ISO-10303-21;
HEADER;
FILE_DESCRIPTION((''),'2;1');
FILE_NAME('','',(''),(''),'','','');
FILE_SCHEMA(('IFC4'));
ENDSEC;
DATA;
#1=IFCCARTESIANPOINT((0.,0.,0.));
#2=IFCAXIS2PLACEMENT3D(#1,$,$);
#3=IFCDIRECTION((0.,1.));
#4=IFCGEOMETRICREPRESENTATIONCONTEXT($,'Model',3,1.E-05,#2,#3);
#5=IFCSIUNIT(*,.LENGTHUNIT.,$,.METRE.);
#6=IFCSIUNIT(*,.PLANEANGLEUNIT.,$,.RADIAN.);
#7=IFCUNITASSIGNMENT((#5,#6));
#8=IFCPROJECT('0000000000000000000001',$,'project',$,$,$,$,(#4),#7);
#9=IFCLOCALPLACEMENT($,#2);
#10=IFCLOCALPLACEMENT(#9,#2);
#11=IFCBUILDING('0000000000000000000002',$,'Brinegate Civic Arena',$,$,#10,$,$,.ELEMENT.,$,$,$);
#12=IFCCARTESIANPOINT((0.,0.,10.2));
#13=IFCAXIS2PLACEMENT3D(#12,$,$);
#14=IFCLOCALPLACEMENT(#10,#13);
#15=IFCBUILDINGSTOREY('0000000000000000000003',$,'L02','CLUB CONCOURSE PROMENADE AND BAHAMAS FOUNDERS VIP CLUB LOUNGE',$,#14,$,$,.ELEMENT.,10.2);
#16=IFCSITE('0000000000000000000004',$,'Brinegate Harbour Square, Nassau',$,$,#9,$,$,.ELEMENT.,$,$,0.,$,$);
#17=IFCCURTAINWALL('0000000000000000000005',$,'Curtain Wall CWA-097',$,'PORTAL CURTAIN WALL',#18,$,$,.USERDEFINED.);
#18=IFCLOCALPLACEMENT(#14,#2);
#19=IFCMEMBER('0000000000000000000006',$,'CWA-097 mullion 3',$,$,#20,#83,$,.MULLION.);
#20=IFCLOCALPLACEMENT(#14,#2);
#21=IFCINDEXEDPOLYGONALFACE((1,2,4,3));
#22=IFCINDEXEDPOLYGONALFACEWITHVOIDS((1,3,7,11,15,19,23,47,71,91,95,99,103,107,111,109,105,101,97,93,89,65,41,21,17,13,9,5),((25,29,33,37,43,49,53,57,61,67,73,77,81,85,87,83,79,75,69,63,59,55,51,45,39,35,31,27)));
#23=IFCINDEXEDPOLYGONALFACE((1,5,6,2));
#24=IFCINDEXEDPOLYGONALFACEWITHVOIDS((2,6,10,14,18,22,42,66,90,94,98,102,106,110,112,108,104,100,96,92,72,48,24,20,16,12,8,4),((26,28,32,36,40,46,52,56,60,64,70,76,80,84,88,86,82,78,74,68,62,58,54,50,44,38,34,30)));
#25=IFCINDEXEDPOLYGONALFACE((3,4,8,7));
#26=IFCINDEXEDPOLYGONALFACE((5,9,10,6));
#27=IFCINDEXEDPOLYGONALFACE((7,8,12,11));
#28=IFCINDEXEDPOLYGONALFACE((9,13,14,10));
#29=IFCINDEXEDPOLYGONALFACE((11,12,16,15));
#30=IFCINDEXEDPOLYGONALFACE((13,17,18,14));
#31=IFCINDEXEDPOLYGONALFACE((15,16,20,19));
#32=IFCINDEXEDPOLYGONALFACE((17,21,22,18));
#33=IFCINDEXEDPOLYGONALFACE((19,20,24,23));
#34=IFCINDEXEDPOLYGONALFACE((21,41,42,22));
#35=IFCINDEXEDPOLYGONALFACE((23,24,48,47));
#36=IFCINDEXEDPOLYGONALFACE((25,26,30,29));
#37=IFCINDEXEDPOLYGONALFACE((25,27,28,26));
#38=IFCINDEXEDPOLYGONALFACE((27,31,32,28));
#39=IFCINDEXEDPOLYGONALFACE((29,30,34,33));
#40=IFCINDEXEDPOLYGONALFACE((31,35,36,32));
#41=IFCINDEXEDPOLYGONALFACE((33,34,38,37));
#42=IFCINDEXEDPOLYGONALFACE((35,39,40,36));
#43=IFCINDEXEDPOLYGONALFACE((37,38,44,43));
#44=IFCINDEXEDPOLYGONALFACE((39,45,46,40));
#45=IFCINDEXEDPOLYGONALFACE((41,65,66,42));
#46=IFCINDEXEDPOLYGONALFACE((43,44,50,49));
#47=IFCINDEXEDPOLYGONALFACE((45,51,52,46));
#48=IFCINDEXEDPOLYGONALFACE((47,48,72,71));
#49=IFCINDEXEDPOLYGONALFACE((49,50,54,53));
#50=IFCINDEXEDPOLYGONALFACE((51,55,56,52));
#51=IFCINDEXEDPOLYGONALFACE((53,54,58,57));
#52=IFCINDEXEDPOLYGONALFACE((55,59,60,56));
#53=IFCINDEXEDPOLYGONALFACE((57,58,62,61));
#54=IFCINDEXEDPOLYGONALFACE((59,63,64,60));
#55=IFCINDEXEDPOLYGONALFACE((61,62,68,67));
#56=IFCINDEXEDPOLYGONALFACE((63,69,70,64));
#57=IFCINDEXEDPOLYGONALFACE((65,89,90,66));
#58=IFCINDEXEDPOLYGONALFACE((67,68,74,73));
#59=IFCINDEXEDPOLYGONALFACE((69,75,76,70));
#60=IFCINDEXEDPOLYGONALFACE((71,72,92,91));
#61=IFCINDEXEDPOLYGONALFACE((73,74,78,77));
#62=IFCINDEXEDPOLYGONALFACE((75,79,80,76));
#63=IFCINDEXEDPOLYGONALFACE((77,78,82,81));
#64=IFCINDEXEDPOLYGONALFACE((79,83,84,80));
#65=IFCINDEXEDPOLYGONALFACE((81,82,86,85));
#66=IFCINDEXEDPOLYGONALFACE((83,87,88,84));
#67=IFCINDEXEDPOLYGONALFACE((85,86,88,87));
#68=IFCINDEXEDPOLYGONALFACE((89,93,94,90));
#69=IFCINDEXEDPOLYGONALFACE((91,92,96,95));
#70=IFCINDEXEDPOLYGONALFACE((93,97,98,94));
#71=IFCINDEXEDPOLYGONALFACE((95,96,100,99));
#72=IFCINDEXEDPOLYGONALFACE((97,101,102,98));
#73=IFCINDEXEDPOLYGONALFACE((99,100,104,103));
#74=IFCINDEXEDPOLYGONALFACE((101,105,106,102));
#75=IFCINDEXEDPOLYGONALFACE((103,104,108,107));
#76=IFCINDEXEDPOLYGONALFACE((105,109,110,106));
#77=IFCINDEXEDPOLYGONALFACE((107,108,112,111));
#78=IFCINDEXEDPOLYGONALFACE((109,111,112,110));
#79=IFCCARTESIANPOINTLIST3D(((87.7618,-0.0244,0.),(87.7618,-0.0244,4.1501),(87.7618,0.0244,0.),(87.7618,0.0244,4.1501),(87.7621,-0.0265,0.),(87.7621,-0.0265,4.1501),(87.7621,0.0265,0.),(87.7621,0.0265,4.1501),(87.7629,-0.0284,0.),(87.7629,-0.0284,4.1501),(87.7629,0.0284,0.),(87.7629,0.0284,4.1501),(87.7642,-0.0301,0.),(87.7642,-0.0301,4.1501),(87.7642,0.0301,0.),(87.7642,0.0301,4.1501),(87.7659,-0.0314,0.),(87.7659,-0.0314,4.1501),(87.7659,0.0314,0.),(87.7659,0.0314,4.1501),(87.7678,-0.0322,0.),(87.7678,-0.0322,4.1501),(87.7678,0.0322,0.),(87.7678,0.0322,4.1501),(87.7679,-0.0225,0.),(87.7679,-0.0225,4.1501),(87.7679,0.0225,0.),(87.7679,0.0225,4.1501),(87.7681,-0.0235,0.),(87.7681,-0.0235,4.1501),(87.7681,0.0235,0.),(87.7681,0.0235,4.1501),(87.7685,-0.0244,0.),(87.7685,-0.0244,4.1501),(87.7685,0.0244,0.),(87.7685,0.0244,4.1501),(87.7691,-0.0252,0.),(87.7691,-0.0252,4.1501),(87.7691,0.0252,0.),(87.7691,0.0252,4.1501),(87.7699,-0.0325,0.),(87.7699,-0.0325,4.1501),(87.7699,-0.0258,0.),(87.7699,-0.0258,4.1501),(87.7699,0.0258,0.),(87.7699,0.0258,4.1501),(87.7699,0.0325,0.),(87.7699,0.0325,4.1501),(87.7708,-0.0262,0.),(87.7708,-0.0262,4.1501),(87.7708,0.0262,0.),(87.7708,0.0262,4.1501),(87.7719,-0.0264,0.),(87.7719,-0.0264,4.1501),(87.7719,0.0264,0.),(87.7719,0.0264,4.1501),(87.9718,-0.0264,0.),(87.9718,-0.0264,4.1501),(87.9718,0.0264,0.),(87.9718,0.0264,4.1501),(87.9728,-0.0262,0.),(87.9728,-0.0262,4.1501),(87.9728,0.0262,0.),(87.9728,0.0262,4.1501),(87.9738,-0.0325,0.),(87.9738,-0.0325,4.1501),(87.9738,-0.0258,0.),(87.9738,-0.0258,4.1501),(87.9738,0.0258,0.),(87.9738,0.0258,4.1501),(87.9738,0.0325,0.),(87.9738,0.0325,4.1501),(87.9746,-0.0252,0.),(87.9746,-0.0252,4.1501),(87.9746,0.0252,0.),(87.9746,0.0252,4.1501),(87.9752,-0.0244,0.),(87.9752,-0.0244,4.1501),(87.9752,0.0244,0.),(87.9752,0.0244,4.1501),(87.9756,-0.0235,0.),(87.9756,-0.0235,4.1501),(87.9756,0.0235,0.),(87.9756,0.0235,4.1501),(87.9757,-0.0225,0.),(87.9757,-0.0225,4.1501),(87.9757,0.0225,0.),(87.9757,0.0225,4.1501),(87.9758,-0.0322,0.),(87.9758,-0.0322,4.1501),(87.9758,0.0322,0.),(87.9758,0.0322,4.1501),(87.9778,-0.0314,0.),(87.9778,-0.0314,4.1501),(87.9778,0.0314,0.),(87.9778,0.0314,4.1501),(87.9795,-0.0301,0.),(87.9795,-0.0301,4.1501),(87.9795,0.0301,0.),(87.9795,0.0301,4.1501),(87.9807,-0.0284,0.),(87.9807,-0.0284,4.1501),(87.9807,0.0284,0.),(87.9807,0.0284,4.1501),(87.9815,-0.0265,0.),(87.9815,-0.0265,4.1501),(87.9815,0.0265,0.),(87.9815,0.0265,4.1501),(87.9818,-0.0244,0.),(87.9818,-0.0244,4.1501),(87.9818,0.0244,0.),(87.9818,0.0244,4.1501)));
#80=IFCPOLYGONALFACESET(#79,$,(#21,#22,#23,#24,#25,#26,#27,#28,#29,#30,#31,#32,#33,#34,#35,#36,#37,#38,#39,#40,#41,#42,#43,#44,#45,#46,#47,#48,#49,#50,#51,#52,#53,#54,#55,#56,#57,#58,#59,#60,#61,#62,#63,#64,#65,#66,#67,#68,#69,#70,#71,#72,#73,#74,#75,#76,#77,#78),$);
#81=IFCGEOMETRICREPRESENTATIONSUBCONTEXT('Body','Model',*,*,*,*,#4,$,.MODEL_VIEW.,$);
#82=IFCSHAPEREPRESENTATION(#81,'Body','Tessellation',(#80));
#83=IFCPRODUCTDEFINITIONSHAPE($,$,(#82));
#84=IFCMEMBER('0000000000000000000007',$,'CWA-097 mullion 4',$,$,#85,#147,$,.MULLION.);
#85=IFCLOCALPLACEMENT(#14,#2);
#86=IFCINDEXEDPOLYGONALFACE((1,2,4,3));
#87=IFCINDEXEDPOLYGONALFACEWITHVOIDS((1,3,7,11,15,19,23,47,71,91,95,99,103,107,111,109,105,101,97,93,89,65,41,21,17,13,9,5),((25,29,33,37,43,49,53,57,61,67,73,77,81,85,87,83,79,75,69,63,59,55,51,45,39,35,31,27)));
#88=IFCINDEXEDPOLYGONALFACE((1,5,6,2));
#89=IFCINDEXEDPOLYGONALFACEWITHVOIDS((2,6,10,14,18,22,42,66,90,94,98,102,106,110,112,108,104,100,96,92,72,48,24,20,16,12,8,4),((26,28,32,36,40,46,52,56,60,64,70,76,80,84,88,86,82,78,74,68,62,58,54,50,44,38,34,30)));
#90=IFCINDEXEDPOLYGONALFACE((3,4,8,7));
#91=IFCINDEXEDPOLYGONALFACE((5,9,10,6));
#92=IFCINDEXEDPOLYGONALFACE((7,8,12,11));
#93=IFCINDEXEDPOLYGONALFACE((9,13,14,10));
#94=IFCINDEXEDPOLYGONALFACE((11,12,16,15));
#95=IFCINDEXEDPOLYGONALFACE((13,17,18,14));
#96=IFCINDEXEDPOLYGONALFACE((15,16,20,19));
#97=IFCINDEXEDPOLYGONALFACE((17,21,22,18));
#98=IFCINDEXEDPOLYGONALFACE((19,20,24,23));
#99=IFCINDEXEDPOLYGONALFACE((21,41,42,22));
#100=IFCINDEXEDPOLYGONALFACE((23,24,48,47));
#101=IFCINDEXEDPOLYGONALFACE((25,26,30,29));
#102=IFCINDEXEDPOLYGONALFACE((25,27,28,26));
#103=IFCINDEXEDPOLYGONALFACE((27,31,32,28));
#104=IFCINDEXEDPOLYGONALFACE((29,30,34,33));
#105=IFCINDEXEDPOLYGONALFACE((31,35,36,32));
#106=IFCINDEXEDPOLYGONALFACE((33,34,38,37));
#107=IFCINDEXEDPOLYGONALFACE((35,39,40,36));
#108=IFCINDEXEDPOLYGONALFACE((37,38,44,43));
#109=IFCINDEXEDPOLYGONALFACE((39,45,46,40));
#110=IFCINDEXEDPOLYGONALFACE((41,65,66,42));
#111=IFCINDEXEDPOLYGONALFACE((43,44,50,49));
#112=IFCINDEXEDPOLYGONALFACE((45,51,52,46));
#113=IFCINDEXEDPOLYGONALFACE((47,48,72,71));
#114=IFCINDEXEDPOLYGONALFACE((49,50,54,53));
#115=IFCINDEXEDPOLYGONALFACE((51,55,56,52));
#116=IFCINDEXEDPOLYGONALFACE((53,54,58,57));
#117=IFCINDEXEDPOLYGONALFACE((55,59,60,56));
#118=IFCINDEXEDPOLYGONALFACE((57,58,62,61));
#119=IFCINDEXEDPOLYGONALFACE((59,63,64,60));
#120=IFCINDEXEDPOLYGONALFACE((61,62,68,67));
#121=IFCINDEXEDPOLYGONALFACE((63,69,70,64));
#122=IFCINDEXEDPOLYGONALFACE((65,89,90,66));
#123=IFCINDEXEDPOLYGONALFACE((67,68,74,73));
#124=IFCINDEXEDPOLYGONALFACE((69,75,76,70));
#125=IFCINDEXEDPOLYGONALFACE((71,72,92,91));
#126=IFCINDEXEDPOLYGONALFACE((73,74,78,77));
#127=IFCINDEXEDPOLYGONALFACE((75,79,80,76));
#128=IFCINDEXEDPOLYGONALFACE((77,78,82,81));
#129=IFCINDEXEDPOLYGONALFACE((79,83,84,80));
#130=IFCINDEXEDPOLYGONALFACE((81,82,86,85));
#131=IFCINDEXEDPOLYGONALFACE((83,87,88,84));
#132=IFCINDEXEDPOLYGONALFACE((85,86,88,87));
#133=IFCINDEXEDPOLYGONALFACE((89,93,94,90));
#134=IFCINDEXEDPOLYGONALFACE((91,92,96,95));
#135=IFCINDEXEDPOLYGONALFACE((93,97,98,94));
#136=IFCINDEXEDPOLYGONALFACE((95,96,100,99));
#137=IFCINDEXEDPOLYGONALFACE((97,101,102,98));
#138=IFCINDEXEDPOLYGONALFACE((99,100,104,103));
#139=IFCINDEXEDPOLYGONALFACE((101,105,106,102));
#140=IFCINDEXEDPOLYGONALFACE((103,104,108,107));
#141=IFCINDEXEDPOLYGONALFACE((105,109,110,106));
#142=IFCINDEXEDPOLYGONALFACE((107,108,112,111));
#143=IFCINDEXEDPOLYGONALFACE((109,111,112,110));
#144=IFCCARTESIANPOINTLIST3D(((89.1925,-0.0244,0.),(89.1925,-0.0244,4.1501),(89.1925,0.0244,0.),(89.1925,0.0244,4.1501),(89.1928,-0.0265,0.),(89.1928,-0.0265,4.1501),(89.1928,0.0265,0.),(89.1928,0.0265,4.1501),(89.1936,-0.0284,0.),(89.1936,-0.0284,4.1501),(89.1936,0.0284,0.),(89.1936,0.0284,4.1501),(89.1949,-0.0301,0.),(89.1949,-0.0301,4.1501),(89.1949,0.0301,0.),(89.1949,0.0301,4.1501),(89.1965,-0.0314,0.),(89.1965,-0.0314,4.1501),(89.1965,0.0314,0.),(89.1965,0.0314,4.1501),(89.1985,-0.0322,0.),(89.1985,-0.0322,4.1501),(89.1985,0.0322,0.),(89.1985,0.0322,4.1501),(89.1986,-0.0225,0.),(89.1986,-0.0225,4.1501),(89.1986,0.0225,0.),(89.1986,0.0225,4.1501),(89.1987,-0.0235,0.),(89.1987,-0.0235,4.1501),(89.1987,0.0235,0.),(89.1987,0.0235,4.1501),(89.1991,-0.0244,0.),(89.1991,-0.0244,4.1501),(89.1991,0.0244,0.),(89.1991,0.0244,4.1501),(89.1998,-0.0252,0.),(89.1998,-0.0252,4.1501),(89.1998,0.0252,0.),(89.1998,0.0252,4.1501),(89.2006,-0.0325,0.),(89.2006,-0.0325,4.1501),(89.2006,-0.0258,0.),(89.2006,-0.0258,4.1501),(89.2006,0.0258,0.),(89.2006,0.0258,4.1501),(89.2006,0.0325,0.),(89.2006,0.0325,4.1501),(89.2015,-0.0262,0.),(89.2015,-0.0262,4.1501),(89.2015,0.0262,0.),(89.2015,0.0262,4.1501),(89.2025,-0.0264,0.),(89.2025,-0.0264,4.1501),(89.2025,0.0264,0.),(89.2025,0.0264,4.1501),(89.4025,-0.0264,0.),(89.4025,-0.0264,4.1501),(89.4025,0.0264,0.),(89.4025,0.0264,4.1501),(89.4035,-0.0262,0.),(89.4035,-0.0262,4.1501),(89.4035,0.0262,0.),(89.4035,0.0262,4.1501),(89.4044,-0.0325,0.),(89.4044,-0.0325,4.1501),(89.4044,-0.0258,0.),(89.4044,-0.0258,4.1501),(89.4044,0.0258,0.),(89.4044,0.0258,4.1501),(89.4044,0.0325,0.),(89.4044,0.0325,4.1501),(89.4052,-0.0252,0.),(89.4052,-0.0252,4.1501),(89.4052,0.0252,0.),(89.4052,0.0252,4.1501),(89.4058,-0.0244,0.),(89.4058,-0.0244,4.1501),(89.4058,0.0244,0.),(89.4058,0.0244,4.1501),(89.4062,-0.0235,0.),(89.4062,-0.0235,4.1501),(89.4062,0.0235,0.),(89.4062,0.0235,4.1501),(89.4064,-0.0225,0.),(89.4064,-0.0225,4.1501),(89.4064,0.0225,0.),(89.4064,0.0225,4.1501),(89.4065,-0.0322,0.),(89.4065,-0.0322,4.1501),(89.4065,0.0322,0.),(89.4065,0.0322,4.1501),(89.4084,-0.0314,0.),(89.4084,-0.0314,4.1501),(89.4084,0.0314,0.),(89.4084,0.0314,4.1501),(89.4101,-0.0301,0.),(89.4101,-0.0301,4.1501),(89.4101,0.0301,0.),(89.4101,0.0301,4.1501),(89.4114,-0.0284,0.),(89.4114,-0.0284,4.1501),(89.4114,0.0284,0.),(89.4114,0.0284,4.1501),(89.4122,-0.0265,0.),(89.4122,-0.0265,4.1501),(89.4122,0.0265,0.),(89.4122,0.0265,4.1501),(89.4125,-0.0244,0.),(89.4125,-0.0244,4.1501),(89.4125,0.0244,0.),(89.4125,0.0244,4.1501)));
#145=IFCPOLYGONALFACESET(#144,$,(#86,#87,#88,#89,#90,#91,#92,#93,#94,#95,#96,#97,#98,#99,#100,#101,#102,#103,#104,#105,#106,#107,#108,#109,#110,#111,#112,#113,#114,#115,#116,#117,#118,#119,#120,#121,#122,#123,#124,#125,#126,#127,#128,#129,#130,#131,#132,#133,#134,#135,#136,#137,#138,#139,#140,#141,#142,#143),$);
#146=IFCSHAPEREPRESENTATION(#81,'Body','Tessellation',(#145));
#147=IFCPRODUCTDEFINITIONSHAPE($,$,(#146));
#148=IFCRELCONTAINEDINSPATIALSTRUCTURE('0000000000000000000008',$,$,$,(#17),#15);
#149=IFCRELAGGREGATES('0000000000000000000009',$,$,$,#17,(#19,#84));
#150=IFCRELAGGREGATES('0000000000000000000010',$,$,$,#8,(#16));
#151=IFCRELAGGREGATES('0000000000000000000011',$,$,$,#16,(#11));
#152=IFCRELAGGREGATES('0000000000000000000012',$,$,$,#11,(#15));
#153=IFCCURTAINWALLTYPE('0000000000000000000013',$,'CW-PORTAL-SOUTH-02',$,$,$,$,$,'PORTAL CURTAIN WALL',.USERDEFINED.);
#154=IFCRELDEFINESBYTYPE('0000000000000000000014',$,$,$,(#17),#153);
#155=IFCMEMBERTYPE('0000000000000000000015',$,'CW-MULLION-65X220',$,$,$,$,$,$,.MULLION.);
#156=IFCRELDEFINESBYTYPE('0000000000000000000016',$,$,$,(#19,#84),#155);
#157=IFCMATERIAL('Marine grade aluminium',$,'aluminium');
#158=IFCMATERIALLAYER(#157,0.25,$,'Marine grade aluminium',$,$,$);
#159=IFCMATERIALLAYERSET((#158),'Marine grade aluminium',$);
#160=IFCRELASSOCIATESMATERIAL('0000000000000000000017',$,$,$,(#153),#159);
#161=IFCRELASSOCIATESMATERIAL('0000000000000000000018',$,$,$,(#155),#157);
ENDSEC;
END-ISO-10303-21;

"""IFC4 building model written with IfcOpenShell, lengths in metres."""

from ifc_helpers import new_model, si_unit, direction, frame, origin, origin_2d, place, context, subcontext, project, spatial, hollow_rectangle, extrude, material, layer, layer_set, material_profile, profile_set, type_object, element, aggregate, save


model = new_model("IFC4")

# Units and contexts
model_context = context("Model", 3, precision=1e-05, world=origin(), true_north=direction((0.0, 1.0)))
body_context = subcontext(model_context, "Body", "Model", "MODEL_VIEW")
ifc_project = project(units=[si_unit("LENGTHUNIT", "METRE"), si_unit("PLANEANGLEUNIT", "RADIAN")], contexts=[model_context])

# Site, building, storey
site_placement = place(None, origin())
site = spatial("IfcSite", under=ifc_project, at=site_placement, Name="Brinegate Harbour Square, Nassau", CompositionType="ELEMENT", RefElevation=0.0)
building_placement = place(site_placement, origin())
building = spatial("IfcBuilding", under=site, at=building_placement, Name="Brinegate Civic Arena", CompositionType="ELEMENT")
storey_placement = place(building_placement, frame((0.0, 0.0, 10.2)))
storey = spatial("IfcBuildingStorey", under=building, at=storey_placement, Name="L02", Description="CLUB CONCOURSE PROMENADE AND BAHAMAS FOUNDERS VIP CLUB LOUNGE", CompositionType="ELEMENT", Elevation=10.2)

# Curtain wall, members
ifc_material_1 = material(Name="Marine grade aluminium", Category="aluminium")
ifc_layer_1 = layer(ifc_material_1, 0.25, Name="Marine grade aluminium")
ifc_layer_set_1 = layer_set([ifc_layer_1], Name="Marine grade aluminium")
curtain_wall_type = type_object("IfcCurtainWallType", Name="CW-PORTAL-SOUTH-02", ElementType="PORTAL CURTAIN WALL", PredefinedType="USERDEFINED", material=ifc_layer_set_1)
curtain_wall_placement = place(storey_placement, origin())
curtain_wall = element("IfcCurtainWall", 1, at=curtain_wall_placement, inside=storey, type_object=curtain_wall_type, Name="Curtain Wall CWA-097", ObjectType="PORTAL CURTAIN WALL", PredefinedType="USERDEFINED")
ifc_material_profile_1 = material_profile(ifc_material_1, hollow_rectangle(XDim=0.0649, YDim=0.22, WallThickness=0.0061, InnerFilletRadius=0.0039, OuterFilletRadius=0.0081, at=origin_2d()), Name="MUL65X220")
ifc_profile_set_1 = profile_set([ifc_material_profile_1], Name="Marine grade aluminium")
member_type_1 = type_object("IfcMemberType", Name="CW-MULLION-65X220", PredefinedType="MULLION", material=ifc_profile_set_1)
member_1_placement = place(storey_placement, frame((87.8718, 0.0, 0.0), z_axis=(0.0, 0.0, 1.0), x_axis=(0.0, 1.0, 0.0)))
member_1 = element("IfcMember", 2, at=member_1_placement, type_object=member_type_1, Name="CWA-097 mullion 3", PredefinedType="MULLION", context=body_context, shape_type="SweptSolid", body=[
    extrude(hollow_rectangle(XDim=0.0649, YDim=0.22, WallThickness=0.0061, InnerFilletRadius=0.0039, OuterFilletRadius=0.0081, at=origin_2d()), origin(), (0.0, 0.0, 1.0), 4.1501),
])
member_2_placement = place(storey_placement, frame((89.3025, 0.0, 0.0), z_axis=(0.0, 0.0, 1.0), x_axis=(0.0, 1.0, 0.0)))
member_2 = element("IfcMember", 3, at=member_2_placement, type_object=member_type_1, Name="CWA-097 mullion 4", PredefinedType="MULLION", context=body_context, shape_type="SweptSolid", body=[
    extrude(hollow_rectangle(XDim=0.0649, YDim=0.22, WallThickness=0.0061, InnerFilletRadius=0.0039, OuterFilletRadius=0.0081, at=origin_2d()), origin(), (0.0, 0.0, 1.0), 4.1501),
])
aggregate(curtain_wall, [member_1, member_2])

save(model, "model.ifc")
